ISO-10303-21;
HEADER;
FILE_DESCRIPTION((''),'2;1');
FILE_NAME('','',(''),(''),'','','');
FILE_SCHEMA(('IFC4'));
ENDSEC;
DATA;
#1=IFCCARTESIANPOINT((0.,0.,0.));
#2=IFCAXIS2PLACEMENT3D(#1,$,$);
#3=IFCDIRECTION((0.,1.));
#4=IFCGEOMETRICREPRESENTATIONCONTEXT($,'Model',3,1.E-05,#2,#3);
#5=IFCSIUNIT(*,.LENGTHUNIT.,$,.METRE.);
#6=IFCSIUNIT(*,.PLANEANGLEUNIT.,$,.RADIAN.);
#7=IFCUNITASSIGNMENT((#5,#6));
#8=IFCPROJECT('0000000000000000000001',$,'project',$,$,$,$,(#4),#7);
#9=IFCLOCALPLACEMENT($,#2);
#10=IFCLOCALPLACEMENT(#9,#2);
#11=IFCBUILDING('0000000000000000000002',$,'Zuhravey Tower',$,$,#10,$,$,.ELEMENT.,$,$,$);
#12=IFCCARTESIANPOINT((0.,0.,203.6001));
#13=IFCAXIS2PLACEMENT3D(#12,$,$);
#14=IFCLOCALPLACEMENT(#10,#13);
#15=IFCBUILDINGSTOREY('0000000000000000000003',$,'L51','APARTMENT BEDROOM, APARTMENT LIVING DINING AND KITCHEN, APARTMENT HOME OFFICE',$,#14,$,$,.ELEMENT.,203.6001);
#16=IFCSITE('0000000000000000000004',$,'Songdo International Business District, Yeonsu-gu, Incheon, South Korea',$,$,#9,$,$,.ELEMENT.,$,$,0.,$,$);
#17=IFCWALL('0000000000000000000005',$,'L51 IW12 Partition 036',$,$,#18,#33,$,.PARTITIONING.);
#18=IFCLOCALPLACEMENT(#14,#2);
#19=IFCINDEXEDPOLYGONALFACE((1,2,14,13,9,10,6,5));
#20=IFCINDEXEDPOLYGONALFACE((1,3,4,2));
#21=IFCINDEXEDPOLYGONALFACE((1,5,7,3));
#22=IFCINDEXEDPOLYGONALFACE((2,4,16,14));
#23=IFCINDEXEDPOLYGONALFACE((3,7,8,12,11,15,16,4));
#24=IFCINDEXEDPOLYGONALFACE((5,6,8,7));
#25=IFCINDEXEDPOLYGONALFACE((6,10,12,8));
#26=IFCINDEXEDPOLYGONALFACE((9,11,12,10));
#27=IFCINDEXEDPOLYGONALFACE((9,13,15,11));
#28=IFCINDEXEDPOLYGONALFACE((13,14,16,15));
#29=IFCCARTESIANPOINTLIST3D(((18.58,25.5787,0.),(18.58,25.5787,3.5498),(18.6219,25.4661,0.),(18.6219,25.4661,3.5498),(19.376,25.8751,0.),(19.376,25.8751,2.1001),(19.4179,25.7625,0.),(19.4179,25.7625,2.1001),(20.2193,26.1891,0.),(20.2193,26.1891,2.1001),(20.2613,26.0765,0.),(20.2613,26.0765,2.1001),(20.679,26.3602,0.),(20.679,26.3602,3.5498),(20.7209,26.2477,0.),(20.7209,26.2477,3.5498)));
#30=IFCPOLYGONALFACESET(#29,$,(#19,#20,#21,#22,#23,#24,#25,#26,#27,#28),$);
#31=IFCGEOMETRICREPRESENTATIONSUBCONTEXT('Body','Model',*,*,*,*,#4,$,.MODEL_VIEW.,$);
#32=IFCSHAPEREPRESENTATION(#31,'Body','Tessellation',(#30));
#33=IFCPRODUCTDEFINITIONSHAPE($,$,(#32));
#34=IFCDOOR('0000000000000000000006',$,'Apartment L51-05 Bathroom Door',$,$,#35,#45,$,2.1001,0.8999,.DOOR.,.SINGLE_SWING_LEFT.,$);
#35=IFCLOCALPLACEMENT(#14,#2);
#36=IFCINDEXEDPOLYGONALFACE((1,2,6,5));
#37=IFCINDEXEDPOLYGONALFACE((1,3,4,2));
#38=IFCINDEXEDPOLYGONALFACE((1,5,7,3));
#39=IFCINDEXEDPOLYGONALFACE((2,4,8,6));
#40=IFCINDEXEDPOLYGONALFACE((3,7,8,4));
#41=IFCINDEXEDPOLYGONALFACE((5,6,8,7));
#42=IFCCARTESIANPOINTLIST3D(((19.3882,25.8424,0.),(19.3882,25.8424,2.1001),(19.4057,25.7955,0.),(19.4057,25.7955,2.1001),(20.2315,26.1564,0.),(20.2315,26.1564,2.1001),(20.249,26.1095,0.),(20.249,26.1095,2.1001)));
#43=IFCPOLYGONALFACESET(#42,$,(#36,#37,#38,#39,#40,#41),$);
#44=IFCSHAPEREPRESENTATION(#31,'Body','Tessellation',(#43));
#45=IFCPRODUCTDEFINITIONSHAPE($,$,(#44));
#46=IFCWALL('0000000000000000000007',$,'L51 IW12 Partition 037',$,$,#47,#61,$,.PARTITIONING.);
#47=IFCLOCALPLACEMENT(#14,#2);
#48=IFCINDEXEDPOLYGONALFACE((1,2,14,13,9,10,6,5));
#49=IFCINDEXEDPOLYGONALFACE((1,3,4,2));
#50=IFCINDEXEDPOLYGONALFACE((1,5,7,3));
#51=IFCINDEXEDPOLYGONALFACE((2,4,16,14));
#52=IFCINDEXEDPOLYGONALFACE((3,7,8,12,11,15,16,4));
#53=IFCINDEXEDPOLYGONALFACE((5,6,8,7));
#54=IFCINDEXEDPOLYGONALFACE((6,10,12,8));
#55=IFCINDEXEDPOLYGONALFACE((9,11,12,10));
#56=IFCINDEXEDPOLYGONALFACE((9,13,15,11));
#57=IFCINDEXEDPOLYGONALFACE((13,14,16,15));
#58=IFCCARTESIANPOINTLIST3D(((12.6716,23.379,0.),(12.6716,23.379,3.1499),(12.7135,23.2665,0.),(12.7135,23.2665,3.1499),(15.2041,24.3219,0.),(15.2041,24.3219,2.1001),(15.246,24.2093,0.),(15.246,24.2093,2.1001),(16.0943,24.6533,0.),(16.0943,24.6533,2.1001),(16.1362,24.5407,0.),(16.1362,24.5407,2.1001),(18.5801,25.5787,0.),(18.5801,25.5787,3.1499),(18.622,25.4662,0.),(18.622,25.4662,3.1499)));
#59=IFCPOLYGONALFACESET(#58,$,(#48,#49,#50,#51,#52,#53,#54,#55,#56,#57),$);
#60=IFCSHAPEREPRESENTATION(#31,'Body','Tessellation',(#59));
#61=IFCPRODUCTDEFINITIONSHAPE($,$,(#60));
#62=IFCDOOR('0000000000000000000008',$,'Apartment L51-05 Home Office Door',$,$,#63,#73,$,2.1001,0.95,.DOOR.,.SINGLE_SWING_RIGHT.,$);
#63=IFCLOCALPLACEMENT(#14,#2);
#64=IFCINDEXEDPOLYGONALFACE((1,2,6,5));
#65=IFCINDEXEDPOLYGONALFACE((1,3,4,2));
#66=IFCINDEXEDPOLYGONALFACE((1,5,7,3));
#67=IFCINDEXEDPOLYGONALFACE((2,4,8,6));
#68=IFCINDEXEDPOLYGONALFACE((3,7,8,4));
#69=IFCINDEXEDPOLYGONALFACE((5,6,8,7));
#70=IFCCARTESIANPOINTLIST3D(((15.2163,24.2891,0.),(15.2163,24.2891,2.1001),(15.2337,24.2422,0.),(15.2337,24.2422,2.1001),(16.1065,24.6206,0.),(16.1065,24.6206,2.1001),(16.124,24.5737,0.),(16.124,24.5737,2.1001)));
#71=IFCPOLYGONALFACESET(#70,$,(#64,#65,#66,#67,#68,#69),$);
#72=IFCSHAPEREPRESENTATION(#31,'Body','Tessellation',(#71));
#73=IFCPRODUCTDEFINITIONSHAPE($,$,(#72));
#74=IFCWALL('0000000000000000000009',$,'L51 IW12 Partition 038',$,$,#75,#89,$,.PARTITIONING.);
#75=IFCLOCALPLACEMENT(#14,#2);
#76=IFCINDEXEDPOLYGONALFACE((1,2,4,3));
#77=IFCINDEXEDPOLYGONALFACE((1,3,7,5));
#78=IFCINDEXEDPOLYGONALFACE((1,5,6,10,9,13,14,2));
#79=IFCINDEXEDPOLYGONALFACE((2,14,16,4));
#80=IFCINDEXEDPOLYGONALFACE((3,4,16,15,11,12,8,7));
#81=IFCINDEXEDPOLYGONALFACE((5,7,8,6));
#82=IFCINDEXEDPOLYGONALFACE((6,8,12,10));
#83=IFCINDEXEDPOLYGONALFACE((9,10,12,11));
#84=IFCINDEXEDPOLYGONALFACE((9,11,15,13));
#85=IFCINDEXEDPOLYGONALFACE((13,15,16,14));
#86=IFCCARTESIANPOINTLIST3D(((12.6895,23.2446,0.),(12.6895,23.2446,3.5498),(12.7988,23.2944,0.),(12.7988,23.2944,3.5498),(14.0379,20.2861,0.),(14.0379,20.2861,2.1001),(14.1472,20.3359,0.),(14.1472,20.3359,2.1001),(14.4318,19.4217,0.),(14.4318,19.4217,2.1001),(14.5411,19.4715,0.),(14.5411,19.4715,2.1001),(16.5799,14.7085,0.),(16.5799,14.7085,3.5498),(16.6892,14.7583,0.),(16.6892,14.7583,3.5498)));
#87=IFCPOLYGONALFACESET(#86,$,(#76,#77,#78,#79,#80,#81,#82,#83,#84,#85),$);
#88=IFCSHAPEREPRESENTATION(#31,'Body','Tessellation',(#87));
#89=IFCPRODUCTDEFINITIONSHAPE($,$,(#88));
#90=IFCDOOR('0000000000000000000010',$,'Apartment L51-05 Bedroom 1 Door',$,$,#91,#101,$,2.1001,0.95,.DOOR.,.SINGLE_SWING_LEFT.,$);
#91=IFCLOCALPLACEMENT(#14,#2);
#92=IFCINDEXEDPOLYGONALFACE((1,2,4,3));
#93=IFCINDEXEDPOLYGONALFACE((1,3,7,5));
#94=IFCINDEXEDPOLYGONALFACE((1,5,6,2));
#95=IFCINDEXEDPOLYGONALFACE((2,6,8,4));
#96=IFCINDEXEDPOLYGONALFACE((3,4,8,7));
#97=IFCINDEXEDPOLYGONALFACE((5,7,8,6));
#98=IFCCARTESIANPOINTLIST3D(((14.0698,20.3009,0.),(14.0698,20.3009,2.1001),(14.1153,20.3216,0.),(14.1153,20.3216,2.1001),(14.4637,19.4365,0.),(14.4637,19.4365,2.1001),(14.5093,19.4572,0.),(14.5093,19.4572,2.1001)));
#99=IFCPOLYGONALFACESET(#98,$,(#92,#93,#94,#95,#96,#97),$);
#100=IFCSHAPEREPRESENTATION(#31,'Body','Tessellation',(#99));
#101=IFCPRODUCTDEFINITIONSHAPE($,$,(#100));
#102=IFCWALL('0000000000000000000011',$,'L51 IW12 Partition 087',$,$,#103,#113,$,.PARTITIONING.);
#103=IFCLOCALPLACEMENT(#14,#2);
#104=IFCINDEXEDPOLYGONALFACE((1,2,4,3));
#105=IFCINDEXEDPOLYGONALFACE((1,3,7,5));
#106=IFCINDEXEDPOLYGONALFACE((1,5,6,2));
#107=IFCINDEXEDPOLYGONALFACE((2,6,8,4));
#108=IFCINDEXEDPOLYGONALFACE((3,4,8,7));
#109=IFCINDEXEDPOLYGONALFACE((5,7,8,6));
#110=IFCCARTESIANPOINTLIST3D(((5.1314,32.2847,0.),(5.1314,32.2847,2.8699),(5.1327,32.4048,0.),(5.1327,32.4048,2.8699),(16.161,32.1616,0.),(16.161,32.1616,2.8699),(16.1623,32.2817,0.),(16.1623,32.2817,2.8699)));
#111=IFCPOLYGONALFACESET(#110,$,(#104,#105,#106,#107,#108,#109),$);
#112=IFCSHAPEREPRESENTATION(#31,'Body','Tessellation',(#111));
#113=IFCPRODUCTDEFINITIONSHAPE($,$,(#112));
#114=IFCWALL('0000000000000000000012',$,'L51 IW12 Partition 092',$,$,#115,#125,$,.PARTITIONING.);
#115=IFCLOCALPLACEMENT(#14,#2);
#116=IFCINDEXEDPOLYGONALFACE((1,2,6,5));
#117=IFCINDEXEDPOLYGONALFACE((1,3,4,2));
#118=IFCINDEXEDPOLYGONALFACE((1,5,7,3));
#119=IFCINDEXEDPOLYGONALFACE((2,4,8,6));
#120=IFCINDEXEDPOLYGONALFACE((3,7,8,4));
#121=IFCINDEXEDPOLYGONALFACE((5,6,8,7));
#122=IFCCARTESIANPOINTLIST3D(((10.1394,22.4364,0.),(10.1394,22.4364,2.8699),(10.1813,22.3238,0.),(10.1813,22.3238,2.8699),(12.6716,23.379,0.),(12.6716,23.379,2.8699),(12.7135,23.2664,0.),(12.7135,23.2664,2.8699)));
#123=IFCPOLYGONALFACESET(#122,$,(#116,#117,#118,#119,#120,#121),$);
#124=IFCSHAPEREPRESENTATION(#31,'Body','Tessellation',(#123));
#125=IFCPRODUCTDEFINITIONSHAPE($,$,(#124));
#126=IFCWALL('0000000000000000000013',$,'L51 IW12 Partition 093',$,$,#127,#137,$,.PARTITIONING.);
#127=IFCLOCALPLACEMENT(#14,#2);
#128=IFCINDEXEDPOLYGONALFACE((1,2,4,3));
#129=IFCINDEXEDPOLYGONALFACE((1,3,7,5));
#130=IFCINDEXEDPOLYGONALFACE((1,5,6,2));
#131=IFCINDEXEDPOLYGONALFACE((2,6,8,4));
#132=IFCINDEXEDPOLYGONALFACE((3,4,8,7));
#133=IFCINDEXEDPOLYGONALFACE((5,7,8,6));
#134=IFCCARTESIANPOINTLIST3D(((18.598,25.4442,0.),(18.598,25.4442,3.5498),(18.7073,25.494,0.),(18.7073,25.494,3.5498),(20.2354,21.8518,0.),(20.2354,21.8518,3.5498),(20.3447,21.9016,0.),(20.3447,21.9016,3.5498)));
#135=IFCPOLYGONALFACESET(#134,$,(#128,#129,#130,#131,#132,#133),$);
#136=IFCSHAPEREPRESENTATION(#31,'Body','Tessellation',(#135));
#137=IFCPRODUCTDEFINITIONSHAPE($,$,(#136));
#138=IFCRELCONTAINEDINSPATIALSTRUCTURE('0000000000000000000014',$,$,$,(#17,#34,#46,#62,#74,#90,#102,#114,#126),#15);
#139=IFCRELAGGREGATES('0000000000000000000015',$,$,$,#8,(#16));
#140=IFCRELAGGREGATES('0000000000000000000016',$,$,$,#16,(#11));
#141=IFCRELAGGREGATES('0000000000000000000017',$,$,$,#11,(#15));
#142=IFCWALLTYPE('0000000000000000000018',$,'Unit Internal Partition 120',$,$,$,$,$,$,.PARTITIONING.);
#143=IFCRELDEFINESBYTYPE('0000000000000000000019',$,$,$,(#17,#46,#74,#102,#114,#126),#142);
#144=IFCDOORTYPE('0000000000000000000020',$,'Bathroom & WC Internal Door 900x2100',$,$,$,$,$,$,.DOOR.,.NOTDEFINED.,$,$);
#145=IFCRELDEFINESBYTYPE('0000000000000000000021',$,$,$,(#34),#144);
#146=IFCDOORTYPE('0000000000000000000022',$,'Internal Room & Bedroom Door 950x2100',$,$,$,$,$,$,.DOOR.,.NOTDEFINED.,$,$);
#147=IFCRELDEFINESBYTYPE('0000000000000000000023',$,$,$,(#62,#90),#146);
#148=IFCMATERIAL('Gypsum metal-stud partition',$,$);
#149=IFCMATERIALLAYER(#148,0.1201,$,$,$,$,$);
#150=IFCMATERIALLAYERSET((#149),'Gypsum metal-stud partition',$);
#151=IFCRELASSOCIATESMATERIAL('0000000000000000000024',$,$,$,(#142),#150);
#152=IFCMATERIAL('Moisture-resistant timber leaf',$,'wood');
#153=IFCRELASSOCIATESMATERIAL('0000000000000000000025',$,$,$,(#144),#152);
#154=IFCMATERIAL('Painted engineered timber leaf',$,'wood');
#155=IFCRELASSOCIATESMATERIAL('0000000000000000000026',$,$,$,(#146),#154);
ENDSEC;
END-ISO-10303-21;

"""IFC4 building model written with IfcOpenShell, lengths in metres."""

from ifc_helpers import new_model, si_unit, direction, frame, frame_2d, origin, place, context, subcontext, project, spatial, rectangle, extrude, material, layer, layer_set, type_object, element, fill, save


model = new_model("IFC4")

# Units and contexts
model_context = context("Model", 3, precision=1e-05, world=origin(), true_north=direction((0.0, 1.0)))
body_context = subcontext(model_context, "Body", "Model", "MODEL_VIEW")
ifc_project = project(units=[si_unit("LENGTHUNIT", "METRE"), si_unit("PLANEANGLEUNIT", "RADIAN")], contexts=[model_context])

# Site, building, storey
site_placement = place(None, origin())
site = spatial("IfcSite", under=ifc_project, at=site_placement, Name="Songdo International Business District, Yeonsu-gu, Incheon, South Korea", CompositionType="ELEMENT", RefElevation=0.0)
building_placement = place(site_placement, origin())
building = spatial("IfcBuilding", under=site, at=building_placement, Name="Zuhravey Tower", CompositionType="ELEMENT")
storey_placement = place(building_placement, frame((0.0, 0.0, 203.6001)))
storey = spatial("IfcBuildingStorey", under=building, at=storey_placement, Name="L51", Description="APARTMENT BEDROOM, APARTMENT LIVING DINING AND KITCHEN, APARTMENT HOME OFFICE", CompositionType="ELEMENT", Elevation=203.6001)

# Walls, openings, doors
ifc_material_1 = material(Name="Gypsum metal-stud partition")
ifc_layer_1 = layer(ifc_material_1, 0.1201)
ifc_layer_set_1 = layer_set([ifc_layer_1], Name="Gypsum metal-stud partition")
wall_type_1 = type_object("IfcWallType", Name="Unit Internal Partition 120", PredefinedType="PARTITIONING", material=ifc_layer_set_1)
wall_1_placement = place(storey_placement, frame((20.7, 26.304, 0.0), z_axis=(0.0, 0.0, 1.0), x_axis=(-0.937146, -0.348936, 0.0)))
wall_1 = element("IfcWall", 1, at=wall_1_placement, inside=storey, type_object=wall_type_1, Name="L51 IW12 Partition 036", PredefinedType="PARTITIONING", context=body_context, shape_type="SweptSolid", body=[
    extrude(rectangle(XDim=2.2397, YDim=0.1201, at=frame_2d((1.1199, 0.0))), origin(), (0.0, 0.0, 1.0), 3.5498),
])
opening_1_placement = place(wall_1_placement, frame((0.4905, 0.0, 0.0)))
opening_1 = element("IfcOpeningElement", 2, at=opening_1_placement, cuts=wall_1, PredefinedType="OPENING", context=body_context, shape_type="SweptSolid", body=[
    extrude(rectangle(XDim=0.8999, YDim=2.1001, at=frame_2d((0.45, 1.05))), frame((0.0, 0.072, 0.0), z_axis=(0.0, -1.0, 0.0), x_axis=(1.0, 0.0, 0.0)), (0.0, 0.0, 1.0), 0.144),
])
ifc_material_2 = material(Name="Moisture-resistant timber leaf", Category="wood")
door_type_1 = type_object("IfcDoorType", Name="Bathroom & WC Internal Door 900x2100", OperationType="NOTDEFINED", PredefinedType="DOOR", material=ifc_material_2)
door_1_placement = place(opening_1_placement, origin())
door_1 = element("IfcDoor", 3, at=door_1_placement, inside=storey, type_object=door_type_1, Name="Apartment L51-05 Bathroom Door", OperationType="SINGLE_SWING_LEFT", OverallHeight=2.1001, OverallWidth=0.8999, PredefinedType="DOOR", context=body_context, shape_type="SweptSolid", body=[
    extrude(rectangle(XDim=0.8999, YDim=2.1001, at=frame_2d((0.45, 1.05))), frame((0.0, 0.0249, 0.0), z_axis=(0.0, -1.0, 0.0), x_axis=(1.0, 0.0, 0.0)), (0.0, 0.0, 1.0), 0.05),
])
fill(opening_1, door_1)
wall_2_placement = place(storey_placement, frame((18.6011, 25.5225, 0.0), z_axis=(0.0, 0.0, 1.0), x_axis=(-0.937159, -0.348903, 0.0)))
wall_2 = element("IfcWall", 4, at=wall_2_placement, inside=storey, type_object=wall_type_1, Name="L51 IW12 Partition 037", PredefinedType="PARTITIONING", context=body_context, shape_type="SweptSolid", body=[
    extrude(rectangle(XDim=6.3047, YDim=0.1201, at=frame_2d((3.1523, 0.0))), origin(), (0.0, 0.0, 1.0), 3.1499),
])
opening_2_placement = place(wall_2_placement, frame((2.6523, 0.0, 0.0)))
opening_2 = element("IfcOpeningElement", 5, at=opening_2_placement, cuts=wall_2, PredefinedType="OPENING", context=body_context, shape_type="SweptSolid", body=[
    extrude(rectangle(XDim=0.95, YDim=2.1001, at=frame_2d((0.4751, 1.05))), frame((0.0, 0.072, 0.0), z_axis=(0.0, -1.0, 0.0), x_axis=(1.0, 0.0, 0.0)), (0.0, 0.0, 1.0), 0.144),
])
ifc_material_3 = material(Name="Painted engineered timber leaf", Category="wood")
door_type_2 = type_object("IfcDoorType", Name="Internal Room & Bedroom Door 950x2100", OperationType="NOTDEFINED", PredefinedType="DOOR", material=ifc_material_3)
door_2_placement = place(opening_2_placement, origin())
door_2 = element("IfcDoor", 6, at=door_2_placement, inside=storey, type_object=door_type_2, Name="Apartment L51-05 Home Office Door", OperationType="SINGLE_SWING_RIGHT", OverallHeight=2.1001, OverallWidth=0.95, PredefinedType="DOOR", context=body_context, shape_type="SweptSolid", body=[
    extrude(rectangle(XDim=0.95, YDim=2.1001, at=frame_2d((0.4751, 1.05))), frame((0.0, 0.0249, 0.0), z_axis=(0.0, -1.0, 0.0), x_axis=(1.0, 0.0, 0.0)), (0.0, 0.0, 1.0), 0.05),
])
fill(opening_2, door_2)
wall_3_placement = place(storey_placement, frame((12.7441, 23.2695, 0.0), z_axis=(0.0, 0.0, 1.0), x_axis=(0.414715, -0.909952, 0.0)))
wall_3 = element("IfcWall", 7, at=wall_3_placement, inside=storey, type_object=wall_type_1, Name="L51 IW12 Partition 038", PredefinedType="PARTITIONING", context=body_context, shape_type="SweptSolid", body=[
    extrude(rectangle(XDim=9.3809, YDim=0.1201, at=frame_2d((4.6904, 0.0))), origin(), (0.0, 0.0, 1.0), 3.5498),
])
opening_3_placement = place(wall_3_placement, frame((3.2512, 0.0, 0.0)))
opening_3 = element("IfcOpeningElement", 8, at=opening_3_placement, cuts=wall_3, PredefinedType="OPENING", context=body_context, shape_type="SweptSolid", body=[
    extrude(rectangle(XDim=0.95, YDim=2.1001, at=frame_2d((0.4751, 1.05))), frame((0.0, 0.072, 0.0), z_axis=(0.0, -1.0, 0.0), x_axis=(1.0, 0.0, 0.0)), (0.0, 0.0, 1.0), 0.144),
])
door_3_placement = place(opening_3_placement, frame((0.95, 0.0, 0.0), z_axis=(0.0, 0.0, 1.0), x_axis=(-1.0, 0.0, 0.0)))
door_3 = element("IfcDoor", 9, at=door_3_placement, inside=storey, type_object=door_type_2, Name="Apartment L51-05 Bedroom 1 Door", OperationType="SINGLE_SWING_LEFT", OverallHeight=2.1001, OverallWidth=0.95, PredefinedType="DOOR", context=body_context, shape_type="SweptSolid", body=[
    extrude(rectangle(XDim=0.95, YDim=2.1001, at=frame_2d((0.4751, 1.05))), frame((0.0, 0.0249, 0.0), z_axis=(0.0, -1.0, 0.0), x_axis=(1.0, 0.0, 0.0)), (0.0, 0.0, 1.0), 0.05),
])
fill(opening_3, door_3)

# Walls
wall_4_placement = place(storey_placement, frame((16.1616, 32.2217, 0.0), z_axis=(0.0, 0.0, 1.0), x_axis=(-0.999938, 0.011155, 0.0)))
element("IfcWall", 10, at=wall_4_placement, inside=storey, type_object=wall_type_1, Name="L51 IW12 Partition 087", PredefinedType="PARTITIONING", context=body_context, shape_type="SweptSolid", body=[
    extrude(rectangle(XDim=11.0303, YDim=0.1201, at=frame_2d((5.5151, 0.0))), origin(), (0.0, 0.0, 1.0), 2.8699),
])
wall_5_placement = place(storey_placement, frame((12.6926, 23.3228, 0.0), z_axis=(0.0, 0.0, 1.0), x_axis=(-0.937173, -0.348865, 0.0)))
element("IfcWall", 11, at=wall_5_placement, inside=storey, type_object=wall_type_1, Name="L51 IW12 Partition 092", PredefinedType="PARTITIONING", context=body_context, shape_type="SweptSolid", body=[
    extrude(rectangle(XDim=2.7019, YDim=0.1201, at=frame_2d((1.3511, 0.0))), origin(), (0.0, 0.0, 1.0), 2.8699),
])
wall_6_placement = place(storey_placement, frame((18.6526, 25.4692, 0.0), z_axis=(0.0, 0.0, 1.0), x_axis=(0.414744, -0.909938, 0.0)))
element("IfcWall", 12, at=wall_6_placement, inside=storey, type_object=wall_type_1, Name="L51 IW12 Partition 093", PredefinedType="PARTITIONING", context=body_context, shape_type="SweptSolid", body=[
    extrude(rectangle(XDim=3.948, YDim=0.1201, at=frame_2d((1.9741, 0.0))), origin(), (0.0, 0.0, 1.0), 3.5498),
])

save(model, "model.ifc")
